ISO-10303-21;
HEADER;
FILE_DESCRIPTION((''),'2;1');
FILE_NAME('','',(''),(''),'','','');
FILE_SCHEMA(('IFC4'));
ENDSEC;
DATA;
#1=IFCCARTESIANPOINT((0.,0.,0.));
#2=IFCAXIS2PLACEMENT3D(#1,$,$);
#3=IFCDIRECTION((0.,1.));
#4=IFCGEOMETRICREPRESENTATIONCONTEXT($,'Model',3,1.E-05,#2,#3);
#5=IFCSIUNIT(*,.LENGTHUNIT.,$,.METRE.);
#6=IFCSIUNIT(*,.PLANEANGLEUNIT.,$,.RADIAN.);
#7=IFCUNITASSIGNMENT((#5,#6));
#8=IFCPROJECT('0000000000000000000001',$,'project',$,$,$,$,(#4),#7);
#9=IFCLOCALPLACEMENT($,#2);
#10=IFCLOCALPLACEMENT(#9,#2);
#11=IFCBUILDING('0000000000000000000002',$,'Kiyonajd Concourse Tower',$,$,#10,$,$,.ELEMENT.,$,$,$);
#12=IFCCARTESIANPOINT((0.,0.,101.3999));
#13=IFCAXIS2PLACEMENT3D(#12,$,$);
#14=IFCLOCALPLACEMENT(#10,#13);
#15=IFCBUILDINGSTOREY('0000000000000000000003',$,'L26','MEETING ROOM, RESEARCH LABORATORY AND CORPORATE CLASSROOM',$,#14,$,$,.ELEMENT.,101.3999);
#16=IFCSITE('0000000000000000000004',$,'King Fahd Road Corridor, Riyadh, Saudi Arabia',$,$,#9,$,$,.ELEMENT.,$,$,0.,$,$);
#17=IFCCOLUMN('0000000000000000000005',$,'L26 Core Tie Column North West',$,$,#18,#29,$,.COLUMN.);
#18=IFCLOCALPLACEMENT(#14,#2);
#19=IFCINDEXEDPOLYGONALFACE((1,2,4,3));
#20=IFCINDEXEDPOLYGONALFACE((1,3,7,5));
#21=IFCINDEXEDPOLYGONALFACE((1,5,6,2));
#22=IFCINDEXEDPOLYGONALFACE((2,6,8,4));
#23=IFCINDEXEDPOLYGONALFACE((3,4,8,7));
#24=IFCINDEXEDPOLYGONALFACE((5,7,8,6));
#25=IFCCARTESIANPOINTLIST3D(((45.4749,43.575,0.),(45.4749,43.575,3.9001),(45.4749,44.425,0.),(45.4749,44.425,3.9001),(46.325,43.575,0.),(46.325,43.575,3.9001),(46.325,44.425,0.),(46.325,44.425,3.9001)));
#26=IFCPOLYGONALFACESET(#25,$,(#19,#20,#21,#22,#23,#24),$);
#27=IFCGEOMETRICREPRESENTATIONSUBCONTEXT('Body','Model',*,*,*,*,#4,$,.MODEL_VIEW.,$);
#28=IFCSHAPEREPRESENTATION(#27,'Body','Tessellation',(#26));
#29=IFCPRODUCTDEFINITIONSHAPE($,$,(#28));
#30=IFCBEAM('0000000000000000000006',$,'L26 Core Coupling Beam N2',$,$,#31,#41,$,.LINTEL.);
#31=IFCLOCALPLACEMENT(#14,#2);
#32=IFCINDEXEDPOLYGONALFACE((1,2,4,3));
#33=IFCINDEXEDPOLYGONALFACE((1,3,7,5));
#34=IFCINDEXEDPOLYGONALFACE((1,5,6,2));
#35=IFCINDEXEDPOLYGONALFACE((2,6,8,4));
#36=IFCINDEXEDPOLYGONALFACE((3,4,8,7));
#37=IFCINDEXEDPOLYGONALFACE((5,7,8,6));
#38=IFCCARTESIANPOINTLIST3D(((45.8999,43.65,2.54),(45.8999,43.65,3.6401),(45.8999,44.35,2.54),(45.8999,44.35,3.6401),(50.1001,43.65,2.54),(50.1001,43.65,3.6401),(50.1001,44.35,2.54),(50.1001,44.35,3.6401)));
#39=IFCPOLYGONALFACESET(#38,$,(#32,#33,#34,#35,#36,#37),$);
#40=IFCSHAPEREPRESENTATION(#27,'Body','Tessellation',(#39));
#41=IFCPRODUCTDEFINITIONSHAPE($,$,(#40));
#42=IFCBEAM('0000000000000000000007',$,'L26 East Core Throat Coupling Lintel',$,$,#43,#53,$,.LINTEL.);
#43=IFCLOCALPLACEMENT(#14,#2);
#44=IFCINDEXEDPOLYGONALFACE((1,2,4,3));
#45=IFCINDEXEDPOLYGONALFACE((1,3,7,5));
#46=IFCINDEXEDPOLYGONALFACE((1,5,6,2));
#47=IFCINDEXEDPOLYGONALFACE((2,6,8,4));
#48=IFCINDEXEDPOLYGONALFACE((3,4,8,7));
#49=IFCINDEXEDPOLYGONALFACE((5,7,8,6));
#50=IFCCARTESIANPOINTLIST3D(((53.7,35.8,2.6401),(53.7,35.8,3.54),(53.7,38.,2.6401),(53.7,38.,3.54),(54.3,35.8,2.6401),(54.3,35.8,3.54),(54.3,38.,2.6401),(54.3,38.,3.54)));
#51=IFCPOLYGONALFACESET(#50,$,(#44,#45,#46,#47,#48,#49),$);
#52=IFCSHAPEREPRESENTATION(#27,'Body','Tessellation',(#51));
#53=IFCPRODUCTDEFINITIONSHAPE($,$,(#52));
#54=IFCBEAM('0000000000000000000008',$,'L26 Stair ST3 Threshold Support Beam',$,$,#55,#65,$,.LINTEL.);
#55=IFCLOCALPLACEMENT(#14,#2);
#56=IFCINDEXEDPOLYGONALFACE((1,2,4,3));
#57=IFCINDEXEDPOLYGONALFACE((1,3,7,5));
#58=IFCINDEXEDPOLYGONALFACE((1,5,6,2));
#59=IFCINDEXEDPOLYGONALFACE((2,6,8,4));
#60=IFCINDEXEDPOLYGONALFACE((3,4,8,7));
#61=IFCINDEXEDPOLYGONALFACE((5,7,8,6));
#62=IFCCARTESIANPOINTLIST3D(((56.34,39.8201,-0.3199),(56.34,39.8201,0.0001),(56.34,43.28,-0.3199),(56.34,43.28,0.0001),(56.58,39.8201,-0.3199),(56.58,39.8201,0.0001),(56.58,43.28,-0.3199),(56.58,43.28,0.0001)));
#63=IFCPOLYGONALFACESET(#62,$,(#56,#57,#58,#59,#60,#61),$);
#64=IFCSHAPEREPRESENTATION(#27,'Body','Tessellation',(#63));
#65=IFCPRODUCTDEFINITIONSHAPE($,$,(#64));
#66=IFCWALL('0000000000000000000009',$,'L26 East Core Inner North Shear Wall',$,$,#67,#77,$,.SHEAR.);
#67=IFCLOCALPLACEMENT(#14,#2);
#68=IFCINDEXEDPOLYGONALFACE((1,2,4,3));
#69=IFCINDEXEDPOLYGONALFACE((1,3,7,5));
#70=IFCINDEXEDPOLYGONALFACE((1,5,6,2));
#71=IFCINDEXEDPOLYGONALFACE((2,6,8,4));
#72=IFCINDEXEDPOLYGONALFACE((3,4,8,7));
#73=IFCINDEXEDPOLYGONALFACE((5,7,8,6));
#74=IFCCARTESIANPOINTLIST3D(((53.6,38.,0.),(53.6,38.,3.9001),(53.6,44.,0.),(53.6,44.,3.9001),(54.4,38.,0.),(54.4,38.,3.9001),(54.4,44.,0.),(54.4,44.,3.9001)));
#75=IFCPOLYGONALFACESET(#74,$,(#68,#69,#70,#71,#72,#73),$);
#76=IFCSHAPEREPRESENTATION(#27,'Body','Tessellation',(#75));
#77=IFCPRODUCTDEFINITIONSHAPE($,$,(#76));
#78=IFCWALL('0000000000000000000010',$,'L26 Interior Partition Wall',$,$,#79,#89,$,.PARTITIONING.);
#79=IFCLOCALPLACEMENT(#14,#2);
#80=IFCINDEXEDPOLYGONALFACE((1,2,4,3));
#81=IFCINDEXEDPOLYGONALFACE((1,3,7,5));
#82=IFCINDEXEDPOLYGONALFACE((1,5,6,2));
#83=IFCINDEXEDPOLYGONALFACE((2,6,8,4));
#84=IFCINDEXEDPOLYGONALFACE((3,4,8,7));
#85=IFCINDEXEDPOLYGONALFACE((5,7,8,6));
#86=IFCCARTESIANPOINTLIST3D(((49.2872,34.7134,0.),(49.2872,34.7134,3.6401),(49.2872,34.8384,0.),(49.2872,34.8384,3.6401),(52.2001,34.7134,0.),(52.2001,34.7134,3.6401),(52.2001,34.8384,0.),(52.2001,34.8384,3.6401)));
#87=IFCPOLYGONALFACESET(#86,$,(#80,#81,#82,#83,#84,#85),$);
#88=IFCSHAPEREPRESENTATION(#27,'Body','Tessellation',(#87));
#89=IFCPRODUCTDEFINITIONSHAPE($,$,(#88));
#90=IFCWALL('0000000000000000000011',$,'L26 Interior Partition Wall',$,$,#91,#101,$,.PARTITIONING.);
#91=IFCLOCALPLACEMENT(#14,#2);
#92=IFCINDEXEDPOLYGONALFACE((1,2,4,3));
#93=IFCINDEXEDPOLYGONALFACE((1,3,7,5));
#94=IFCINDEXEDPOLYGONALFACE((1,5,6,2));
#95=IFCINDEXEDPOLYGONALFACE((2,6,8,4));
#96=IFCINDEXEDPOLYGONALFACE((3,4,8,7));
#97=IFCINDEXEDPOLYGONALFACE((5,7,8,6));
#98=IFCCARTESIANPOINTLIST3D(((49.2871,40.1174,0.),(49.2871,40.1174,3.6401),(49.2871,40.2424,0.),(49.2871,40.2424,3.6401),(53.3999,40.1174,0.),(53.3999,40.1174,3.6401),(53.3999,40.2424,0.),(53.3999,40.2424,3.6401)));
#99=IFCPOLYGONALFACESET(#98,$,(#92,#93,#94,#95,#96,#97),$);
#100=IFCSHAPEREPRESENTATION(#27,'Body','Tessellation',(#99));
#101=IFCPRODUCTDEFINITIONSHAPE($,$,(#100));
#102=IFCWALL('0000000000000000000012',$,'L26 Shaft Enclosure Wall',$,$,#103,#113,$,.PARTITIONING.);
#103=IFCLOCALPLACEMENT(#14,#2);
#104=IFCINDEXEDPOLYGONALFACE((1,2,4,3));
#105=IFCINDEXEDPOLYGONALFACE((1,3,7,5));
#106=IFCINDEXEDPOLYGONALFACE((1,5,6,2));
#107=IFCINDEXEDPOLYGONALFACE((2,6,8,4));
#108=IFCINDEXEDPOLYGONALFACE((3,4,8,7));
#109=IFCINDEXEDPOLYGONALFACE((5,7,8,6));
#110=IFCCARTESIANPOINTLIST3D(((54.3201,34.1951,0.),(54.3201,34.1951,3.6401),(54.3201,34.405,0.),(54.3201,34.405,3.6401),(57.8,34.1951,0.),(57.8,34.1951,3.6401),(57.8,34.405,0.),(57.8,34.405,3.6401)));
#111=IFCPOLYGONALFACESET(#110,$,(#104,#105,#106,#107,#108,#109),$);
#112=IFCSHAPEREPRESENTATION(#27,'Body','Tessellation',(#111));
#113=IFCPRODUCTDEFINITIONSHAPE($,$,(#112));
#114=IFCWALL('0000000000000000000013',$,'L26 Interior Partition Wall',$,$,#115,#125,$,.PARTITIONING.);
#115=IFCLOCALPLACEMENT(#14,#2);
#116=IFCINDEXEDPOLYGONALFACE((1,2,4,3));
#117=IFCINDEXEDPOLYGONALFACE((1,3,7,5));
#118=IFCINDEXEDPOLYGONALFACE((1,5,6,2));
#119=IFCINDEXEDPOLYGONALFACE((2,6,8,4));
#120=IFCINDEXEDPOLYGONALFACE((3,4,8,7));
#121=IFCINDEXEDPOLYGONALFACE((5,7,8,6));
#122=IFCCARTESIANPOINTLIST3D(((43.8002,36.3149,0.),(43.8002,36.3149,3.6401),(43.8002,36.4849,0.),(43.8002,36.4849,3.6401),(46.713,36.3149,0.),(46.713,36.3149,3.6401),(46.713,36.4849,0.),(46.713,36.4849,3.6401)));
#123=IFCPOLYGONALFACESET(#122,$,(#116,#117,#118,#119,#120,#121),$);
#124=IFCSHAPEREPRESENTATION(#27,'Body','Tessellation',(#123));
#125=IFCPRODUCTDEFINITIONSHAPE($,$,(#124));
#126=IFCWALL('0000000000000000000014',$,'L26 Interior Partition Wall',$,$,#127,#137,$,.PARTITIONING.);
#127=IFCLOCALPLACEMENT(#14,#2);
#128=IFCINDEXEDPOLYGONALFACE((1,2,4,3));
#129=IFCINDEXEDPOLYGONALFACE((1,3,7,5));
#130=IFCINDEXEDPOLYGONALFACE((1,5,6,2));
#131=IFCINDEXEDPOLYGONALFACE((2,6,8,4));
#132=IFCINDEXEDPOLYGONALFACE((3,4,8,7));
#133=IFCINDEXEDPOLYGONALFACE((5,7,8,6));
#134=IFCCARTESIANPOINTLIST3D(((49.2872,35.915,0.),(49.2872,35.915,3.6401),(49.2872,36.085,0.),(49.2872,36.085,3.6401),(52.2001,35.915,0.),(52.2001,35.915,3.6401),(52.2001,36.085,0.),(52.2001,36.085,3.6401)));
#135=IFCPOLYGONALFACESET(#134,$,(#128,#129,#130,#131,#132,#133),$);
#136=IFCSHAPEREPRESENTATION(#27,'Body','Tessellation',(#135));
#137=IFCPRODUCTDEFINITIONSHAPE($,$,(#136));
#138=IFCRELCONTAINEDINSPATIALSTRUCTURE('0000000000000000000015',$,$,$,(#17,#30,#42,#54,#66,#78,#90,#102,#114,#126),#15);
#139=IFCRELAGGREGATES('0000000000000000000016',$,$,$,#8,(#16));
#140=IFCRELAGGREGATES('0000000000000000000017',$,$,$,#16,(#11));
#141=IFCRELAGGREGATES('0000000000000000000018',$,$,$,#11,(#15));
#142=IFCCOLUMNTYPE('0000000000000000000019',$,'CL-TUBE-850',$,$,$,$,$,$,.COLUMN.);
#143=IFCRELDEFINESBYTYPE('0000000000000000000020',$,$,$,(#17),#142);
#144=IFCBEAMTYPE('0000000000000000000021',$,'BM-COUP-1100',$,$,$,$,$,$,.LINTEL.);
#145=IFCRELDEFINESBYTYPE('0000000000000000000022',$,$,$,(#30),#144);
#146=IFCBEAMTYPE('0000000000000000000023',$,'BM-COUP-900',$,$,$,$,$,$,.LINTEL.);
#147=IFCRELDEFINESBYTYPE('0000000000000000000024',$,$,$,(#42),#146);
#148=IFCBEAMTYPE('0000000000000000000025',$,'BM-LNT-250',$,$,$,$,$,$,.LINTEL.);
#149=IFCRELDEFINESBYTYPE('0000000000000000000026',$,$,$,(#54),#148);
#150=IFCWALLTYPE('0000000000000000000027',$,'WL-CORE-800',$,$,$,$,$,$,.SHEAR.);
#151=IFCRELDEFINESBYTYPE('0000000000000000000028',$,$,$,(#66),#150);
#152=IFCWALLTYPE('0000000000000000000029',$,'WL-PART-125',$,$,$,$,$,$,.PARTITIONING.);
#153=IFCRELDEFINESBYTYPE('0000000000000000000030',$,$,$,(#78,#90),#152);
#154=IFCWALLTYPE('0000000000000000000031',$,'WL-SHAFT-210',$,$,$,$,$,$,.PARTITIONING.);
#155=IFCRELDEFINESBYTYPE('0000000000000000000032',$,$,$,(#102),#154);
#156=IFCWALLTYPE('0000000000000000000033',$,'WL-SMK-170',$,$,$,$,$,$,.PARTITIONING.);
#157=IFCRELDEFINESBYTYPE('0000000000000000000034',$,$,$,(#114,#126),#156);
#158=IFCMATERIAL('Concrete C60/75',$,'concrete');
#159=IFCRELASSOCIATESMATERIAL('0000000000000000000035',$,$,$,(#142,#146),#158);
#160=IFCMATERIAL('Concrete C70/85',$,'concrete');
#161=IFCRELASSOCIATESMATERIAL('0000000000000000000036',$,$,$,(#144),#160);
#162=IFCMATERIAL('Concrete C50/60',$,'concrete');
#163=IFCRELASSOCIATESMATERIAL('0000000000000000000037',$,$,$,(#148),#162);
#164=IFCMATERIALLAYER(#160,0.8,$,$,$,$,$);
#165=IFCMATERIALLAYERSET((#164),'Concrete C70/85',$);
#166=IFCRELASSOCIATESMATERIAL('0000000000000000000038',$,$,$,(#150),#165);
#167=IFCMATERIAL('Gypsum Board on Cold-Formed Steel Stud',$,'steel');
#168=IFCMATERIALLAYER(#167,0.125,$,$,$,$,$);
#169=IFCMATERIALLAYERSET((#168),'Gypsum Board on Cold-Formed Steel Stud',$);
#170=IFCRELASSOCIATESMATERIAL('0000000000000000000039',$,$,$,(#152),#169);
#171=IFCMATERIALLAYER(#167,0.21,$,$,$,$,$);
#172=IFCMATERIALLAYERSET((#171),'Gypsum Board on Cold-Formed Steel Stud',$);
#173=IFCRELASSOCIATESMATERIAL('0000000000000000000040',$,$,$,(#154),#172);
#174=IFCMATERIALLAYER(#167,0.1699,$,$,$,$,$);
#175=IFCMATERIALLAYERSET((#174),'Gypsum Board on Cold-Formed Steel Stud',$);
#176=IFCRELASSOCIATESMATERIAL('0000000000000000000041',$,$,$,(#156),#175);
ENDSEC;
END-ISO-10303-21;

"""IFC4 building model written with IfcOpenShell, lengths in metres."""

from ifc_helpers import new_model, si_unit, direction, frame, frame_2d, origin, origin_2d, place, context, subcontext, project, spatial, rectangle, extrude, material, layer, layer_set, material_profile, profile_set, type_object, element, save


model = new_model("IFC4")

# Units and contexts
model_context = context("Model", 3, precision=1e-05, world=origin(), true_north=direction((0.0, 1.0)))
body_context = subcontext(model_context, "Body", "Model", "MODEL_VIEW")
ifc_project = project(units=[si_unit("LENGTHUNIT", "METRE"), si_unit("PLANEANGLEUNIT", "RADIAN")], contexts=[model_context])

# Site, building, storey
site_placement = place(None, origin())
site = spatial("IfcSite", under=ifc_project, at=site_placement, Name="King Fahd Road Corridor, Riyadh, Saudi Arabia", CompositionType="ELEMENT", RefElevation=0.0)
building_placement = place(site_placement, origin())
building = spatial("IfcBuilding", under=site, at=building_placement, Name="Kiyonajd Concourse Tower", CompositionType="ELEMENT")
storey_placement = place(building_placement, frame((0.0, 0.0, 101.3999)))
storey = spatial("IfcBuildingStorey", under=building, at=storey_placement, Name="L26", Description="MEETING ROOM, RESEARCH LABORATORY AND CORPORATE CLASSROOM", CompositionType="ELEMENT", Elevation=101.3999)

# Column
ifc_material_1 = material(Name="Concrete C60/75", Category="concrete")
ifc_material_profile_1 = material_profile(ifc_material_1, rectangle(XDim=0.8501, YDim=0.8501, at=origin_2d()), Name="RC-850x850")
ifc_profile_set_1 = profile_set([ifc_material_profile_1], Name="Concrete C60/75")
column_type = type_object("IfcColumnType", Name="CL-TUBE-850", PredefinedType="COLUMN", material=ifc_profile_set_1)
column_placement = place(storey_placement, frame((45.8999, 44.0, 0.0), z_axis=(0.0, 0.0, 1.0), x_axis=(1.0, 0.0, 0.0)))
element("IfcColumn", 1, at=column_placement, inside=storey, type_object=column_type, Name="L26 Core Tie Column North West", PredefinedType="COLUMN", context=body_context, shape_type="SweptSolid", body=[
    extrude(rectangle(XDim=0.8501, YDim=0.8501, at=origin_2d()), origin(), (0.0, 0.0, 1.0), 3.9001),
])

# Beams
ifc_material_2 = material(Name="Concrete C70/85", Category="concrete")
ifc_material_profile_2 = material_profile(ifc_material_2, rectangle(XDim=0.7, YDim=1.1001, at=origin_2d()), Name="RCBM-700x1100")
ifc_profile_set_2 = profile_set([ifc_material_profile_2], Name="Concrete C70/85")
beam_type_1 = type_object("IfcBeamType", Name="BM-COUP-1100", PredefinedType="LINTEL", material=ifc_profile_set_2)
beam_1_placement = place(storey_placement, frame((45.8999, 44.0, 3.0901), z_axis=(1.0, 0.0, 0.0), x_axis=(0.0, 1.0, 0.0)))
element("IfcBeam", 2, at=beam_1_placement, inside=storey, type_object=beam_type_1, Name="L26 Core Coupling Beam N2", PredefinedType="LINTEL", context=body_context, shape_type="SweptSolid", body=[
    extrude(rectangle(XDim=0.7, YDim=1.1001, at=origin_2d()), origin(), (0.0, 0.0, 1.0), 4.2002),
])
ifc_material_profile_3 = material_profile(ifc_material_1, rectangle(XDim=0.6001, YDim=0.8999, at=origin_2d()), Name="RCBM-600x900")
ifc_profile_set_3 = profile_set([ifc_material_profile_3], Name="Concrete C60/75")
beam_type_2 = type_object("IfcBeamType", Name="BM-COUP-900", PredefinedType="LINTEL", material=ifc_profile_set_3)
beam_2_placement = place(storey_placement, frame((54.0, 35.8, 3.0901), z_axis=(0.0, 1.0, 0.0), x_axis=(-1.0, 0.0, 0.0)))
element("IfcBeam", 3, at=beam_2_placement, inside=storey, type_object=beam_type_2, Name="L26 East Core Throat Coupling Lintel", PredefinedType="LINTEL", context=body_context, shape_type="SweptSolid", body=[
    extrude(rectangle(XDim=0.6001, YDim=0.8999, at=origin_2d()), origin(), (0.0, 0.0, 1.0), 2.2),
])
ifc_material_3 = material(Name="Concrete C50/60", Category="concrete")
ifc_material_profile_4 = material_profile(ifc_material_3, rectangle(XDim=0.24, YDim=0.3201, at=origin_2d()), Name="RCBM-240x320")
ifc_profile_set_4 = profile_set([ifc_material_profile_4], Name="Concrete C50/60")
beam_type_3 = type_object("IfcBeamType", Name="BM-LNT-250", PredefinedType="LINTEL", material=ifc_profile_set_4)
beam_3_placement = place(storey_placement, frame((56.46, 39.8201, -0.1599), z_axis=(0.0, 1.0, 0.0), x_axis=(-1.0, 0.0, 0.0)))
element("IfcBeam", 4, at=beam_3_placement, inside=storey, type_object=beam_type_3, Name="L26 Stair ST3 Threshold Support Beam", PredefinedType="LINTEL", context=body_context, shape_type="SweptSolid", body=[
    extrude(rectangle(XDim=0.24, YDim=0.3201, at=origin_2d()), origin(), (0.0, 0.0, 1.0), 3.46),
])

# Walls
ifc_layer_1 = layer(ifc_material_2, 0.8)
ifc_layer_set_1 = layer_set([ifc_layer_1], Name="Concrete C70/85")
wall_type_1 = type_object("IfcWallType", Name="WL-CORE-800", PredefinedType="SHEAR", material=ifc_layer_set_1)
wall_1_placement = place(storey_placement, frame((54.0, 38.0, 0.0), z_axis=(0.0, 0.0, 1.0), x_axis=(0.0, 1.0, 0.0)))
element("IfcWall", 5, at=wall_1_placement, inside=storey, type_object=wall_type_1, Name="L26 East Core Inner North Shear Wall", PredefinedType="SHEAR", context=body_context, shape_type="SweptSolid", body=[
    extrude(rectangle(XDim=6.0, YDim=0.8, at=frame_2d((3.0, 0.0))), origin(), (0.0, 0.0, 1.0), 3.9001),
])
ifc_material_4 = material(Name="Gypsum Board on Cold-Formed Steel Stud", Category="steel")
ifc_layer_2 = layer(ifc_material_4, 0.125)
ifc_layer_set_2 = layer_set([ifc_layer_2], Name="Gypsum Board on Cold-Formed Steel Stud")
wall_type_2 = type_object("IfcWallType", Name="WL-PART-125", PredefinedType="PARTITIONING", material=ifc_layer_set_2)
wall_2_placement = place(storey_placement, frame((49.2871, 34.7759, 0.0), z_axis=(0.0, 0.0, 1.0), x_axis=(1.0, 0.0, 0.0)))
element("IfcWall", 6, at=wall_2_placement, inside=storey, type_object=wall_type_2, Name="L26 Interior Partition Wall", PredefinedType="PARTITIONING", context=body_context, shape_type="SweptSolid", body=[
    extrude(rectangle(XDim=2.9128, YDim=0.125, at=frame_2d((1.4565, 0.0))), origin(), (0.0, 0.0, 1.0), 3.6401),
])
wall_3_placement = place(storey_placement, frame((49.2871, 40.1799, 0.0), z_axis=(0.0, 0.0, 1.0), x_axis=(1.0, 0.0, 0.0)))
element("IfcWall", 7, at=wall_3_placement, inside=storey, type_object=wall_type_2, Name="L26 Interior Partition Wall", PredefinedType="PARTITIONING", context=body_context, shape_type="SweptSolid", body=[
    extrude(rectangle(XDim=4.1128, YDim=0.125, at=frame_2d((2.0564, 0.0))), origin(), (0.0, 0.0, 1.0), 3.6401),
])
ifc_layer_3 = layer(ifc_material_4, 0.21)
ifc_layer_set_3 = layer_set([ifc_layer_3], Name="Gypsum Board on Cold-Formed Steel Stud")
wall_type_3 = type_object("IfcWallType", Name="WL-SHAFT-210", PredefinedType="PARTITIONING", material=ifc_layer_set_3)
wall_4_placement = place(storey_placement, frame((54.3201, 34.3, 0.0), z_axis=(0.0, 0.0, 1.0), x_axis=(1.0, 0.0, 0.0)))
element("IfcWall", 8, at=wall_4_placement, inside=storey, type_object=wall_type_3, Name="L26 Shaft Enclosure Wall", PredefinedType="PARTITIONING", context=body_context, shape_type="SweptSolid", body=[
    extrude(rectangle(XDim=3.48, YDim=0.21, at=frame_2d((1.74, 0.0))), origin(), (0.0, 0.0, 1.0), 3.6401),
])
ifc_layer_4 = layer(ifc_material_4, 0.1699)
ifc_layer_set_4 = layer_set([ifc_layer_4], Name="Gypsum Board on Cold-Formed Steel Stud")
wall_type_4 = type_object("IfcWallType", Name="WL-SMK-170", PredefinedType="PARTITIONING", material=ifc_layer_set_4)
for number, where, z_axis, x_axis, name in (
    (9, (43.8, 36.3999, 0.0), (0.0, 0.0, 1.0), (1.0, 0.0, 0.0), "L26 Interior Partition Wall"),
    (10, (49.2871, 36.0, 0.0), (0.0, 0.0, 1.0), (1.0, 0.0, 0.0), "L26 Interior Partition Wall"),
):
    element("IfcWall", number, at=place(storey_placement, frame(where, z_axis=z_axis, x_axis=x_axis)), inside=storey, type_object=wall_type_4, Name=name, PredefinedType="PARTITIONING", context=body_context, shape_type="SweptSolid", body=[
        extrude(rectangle(XDim=2.9128, YDim=0.1699, at=frame_2d((1.4565, 0.0))), origin(), (0.0, 0.0, 1.0), 3.6401),
    ])

save(model, "model.ifc")
